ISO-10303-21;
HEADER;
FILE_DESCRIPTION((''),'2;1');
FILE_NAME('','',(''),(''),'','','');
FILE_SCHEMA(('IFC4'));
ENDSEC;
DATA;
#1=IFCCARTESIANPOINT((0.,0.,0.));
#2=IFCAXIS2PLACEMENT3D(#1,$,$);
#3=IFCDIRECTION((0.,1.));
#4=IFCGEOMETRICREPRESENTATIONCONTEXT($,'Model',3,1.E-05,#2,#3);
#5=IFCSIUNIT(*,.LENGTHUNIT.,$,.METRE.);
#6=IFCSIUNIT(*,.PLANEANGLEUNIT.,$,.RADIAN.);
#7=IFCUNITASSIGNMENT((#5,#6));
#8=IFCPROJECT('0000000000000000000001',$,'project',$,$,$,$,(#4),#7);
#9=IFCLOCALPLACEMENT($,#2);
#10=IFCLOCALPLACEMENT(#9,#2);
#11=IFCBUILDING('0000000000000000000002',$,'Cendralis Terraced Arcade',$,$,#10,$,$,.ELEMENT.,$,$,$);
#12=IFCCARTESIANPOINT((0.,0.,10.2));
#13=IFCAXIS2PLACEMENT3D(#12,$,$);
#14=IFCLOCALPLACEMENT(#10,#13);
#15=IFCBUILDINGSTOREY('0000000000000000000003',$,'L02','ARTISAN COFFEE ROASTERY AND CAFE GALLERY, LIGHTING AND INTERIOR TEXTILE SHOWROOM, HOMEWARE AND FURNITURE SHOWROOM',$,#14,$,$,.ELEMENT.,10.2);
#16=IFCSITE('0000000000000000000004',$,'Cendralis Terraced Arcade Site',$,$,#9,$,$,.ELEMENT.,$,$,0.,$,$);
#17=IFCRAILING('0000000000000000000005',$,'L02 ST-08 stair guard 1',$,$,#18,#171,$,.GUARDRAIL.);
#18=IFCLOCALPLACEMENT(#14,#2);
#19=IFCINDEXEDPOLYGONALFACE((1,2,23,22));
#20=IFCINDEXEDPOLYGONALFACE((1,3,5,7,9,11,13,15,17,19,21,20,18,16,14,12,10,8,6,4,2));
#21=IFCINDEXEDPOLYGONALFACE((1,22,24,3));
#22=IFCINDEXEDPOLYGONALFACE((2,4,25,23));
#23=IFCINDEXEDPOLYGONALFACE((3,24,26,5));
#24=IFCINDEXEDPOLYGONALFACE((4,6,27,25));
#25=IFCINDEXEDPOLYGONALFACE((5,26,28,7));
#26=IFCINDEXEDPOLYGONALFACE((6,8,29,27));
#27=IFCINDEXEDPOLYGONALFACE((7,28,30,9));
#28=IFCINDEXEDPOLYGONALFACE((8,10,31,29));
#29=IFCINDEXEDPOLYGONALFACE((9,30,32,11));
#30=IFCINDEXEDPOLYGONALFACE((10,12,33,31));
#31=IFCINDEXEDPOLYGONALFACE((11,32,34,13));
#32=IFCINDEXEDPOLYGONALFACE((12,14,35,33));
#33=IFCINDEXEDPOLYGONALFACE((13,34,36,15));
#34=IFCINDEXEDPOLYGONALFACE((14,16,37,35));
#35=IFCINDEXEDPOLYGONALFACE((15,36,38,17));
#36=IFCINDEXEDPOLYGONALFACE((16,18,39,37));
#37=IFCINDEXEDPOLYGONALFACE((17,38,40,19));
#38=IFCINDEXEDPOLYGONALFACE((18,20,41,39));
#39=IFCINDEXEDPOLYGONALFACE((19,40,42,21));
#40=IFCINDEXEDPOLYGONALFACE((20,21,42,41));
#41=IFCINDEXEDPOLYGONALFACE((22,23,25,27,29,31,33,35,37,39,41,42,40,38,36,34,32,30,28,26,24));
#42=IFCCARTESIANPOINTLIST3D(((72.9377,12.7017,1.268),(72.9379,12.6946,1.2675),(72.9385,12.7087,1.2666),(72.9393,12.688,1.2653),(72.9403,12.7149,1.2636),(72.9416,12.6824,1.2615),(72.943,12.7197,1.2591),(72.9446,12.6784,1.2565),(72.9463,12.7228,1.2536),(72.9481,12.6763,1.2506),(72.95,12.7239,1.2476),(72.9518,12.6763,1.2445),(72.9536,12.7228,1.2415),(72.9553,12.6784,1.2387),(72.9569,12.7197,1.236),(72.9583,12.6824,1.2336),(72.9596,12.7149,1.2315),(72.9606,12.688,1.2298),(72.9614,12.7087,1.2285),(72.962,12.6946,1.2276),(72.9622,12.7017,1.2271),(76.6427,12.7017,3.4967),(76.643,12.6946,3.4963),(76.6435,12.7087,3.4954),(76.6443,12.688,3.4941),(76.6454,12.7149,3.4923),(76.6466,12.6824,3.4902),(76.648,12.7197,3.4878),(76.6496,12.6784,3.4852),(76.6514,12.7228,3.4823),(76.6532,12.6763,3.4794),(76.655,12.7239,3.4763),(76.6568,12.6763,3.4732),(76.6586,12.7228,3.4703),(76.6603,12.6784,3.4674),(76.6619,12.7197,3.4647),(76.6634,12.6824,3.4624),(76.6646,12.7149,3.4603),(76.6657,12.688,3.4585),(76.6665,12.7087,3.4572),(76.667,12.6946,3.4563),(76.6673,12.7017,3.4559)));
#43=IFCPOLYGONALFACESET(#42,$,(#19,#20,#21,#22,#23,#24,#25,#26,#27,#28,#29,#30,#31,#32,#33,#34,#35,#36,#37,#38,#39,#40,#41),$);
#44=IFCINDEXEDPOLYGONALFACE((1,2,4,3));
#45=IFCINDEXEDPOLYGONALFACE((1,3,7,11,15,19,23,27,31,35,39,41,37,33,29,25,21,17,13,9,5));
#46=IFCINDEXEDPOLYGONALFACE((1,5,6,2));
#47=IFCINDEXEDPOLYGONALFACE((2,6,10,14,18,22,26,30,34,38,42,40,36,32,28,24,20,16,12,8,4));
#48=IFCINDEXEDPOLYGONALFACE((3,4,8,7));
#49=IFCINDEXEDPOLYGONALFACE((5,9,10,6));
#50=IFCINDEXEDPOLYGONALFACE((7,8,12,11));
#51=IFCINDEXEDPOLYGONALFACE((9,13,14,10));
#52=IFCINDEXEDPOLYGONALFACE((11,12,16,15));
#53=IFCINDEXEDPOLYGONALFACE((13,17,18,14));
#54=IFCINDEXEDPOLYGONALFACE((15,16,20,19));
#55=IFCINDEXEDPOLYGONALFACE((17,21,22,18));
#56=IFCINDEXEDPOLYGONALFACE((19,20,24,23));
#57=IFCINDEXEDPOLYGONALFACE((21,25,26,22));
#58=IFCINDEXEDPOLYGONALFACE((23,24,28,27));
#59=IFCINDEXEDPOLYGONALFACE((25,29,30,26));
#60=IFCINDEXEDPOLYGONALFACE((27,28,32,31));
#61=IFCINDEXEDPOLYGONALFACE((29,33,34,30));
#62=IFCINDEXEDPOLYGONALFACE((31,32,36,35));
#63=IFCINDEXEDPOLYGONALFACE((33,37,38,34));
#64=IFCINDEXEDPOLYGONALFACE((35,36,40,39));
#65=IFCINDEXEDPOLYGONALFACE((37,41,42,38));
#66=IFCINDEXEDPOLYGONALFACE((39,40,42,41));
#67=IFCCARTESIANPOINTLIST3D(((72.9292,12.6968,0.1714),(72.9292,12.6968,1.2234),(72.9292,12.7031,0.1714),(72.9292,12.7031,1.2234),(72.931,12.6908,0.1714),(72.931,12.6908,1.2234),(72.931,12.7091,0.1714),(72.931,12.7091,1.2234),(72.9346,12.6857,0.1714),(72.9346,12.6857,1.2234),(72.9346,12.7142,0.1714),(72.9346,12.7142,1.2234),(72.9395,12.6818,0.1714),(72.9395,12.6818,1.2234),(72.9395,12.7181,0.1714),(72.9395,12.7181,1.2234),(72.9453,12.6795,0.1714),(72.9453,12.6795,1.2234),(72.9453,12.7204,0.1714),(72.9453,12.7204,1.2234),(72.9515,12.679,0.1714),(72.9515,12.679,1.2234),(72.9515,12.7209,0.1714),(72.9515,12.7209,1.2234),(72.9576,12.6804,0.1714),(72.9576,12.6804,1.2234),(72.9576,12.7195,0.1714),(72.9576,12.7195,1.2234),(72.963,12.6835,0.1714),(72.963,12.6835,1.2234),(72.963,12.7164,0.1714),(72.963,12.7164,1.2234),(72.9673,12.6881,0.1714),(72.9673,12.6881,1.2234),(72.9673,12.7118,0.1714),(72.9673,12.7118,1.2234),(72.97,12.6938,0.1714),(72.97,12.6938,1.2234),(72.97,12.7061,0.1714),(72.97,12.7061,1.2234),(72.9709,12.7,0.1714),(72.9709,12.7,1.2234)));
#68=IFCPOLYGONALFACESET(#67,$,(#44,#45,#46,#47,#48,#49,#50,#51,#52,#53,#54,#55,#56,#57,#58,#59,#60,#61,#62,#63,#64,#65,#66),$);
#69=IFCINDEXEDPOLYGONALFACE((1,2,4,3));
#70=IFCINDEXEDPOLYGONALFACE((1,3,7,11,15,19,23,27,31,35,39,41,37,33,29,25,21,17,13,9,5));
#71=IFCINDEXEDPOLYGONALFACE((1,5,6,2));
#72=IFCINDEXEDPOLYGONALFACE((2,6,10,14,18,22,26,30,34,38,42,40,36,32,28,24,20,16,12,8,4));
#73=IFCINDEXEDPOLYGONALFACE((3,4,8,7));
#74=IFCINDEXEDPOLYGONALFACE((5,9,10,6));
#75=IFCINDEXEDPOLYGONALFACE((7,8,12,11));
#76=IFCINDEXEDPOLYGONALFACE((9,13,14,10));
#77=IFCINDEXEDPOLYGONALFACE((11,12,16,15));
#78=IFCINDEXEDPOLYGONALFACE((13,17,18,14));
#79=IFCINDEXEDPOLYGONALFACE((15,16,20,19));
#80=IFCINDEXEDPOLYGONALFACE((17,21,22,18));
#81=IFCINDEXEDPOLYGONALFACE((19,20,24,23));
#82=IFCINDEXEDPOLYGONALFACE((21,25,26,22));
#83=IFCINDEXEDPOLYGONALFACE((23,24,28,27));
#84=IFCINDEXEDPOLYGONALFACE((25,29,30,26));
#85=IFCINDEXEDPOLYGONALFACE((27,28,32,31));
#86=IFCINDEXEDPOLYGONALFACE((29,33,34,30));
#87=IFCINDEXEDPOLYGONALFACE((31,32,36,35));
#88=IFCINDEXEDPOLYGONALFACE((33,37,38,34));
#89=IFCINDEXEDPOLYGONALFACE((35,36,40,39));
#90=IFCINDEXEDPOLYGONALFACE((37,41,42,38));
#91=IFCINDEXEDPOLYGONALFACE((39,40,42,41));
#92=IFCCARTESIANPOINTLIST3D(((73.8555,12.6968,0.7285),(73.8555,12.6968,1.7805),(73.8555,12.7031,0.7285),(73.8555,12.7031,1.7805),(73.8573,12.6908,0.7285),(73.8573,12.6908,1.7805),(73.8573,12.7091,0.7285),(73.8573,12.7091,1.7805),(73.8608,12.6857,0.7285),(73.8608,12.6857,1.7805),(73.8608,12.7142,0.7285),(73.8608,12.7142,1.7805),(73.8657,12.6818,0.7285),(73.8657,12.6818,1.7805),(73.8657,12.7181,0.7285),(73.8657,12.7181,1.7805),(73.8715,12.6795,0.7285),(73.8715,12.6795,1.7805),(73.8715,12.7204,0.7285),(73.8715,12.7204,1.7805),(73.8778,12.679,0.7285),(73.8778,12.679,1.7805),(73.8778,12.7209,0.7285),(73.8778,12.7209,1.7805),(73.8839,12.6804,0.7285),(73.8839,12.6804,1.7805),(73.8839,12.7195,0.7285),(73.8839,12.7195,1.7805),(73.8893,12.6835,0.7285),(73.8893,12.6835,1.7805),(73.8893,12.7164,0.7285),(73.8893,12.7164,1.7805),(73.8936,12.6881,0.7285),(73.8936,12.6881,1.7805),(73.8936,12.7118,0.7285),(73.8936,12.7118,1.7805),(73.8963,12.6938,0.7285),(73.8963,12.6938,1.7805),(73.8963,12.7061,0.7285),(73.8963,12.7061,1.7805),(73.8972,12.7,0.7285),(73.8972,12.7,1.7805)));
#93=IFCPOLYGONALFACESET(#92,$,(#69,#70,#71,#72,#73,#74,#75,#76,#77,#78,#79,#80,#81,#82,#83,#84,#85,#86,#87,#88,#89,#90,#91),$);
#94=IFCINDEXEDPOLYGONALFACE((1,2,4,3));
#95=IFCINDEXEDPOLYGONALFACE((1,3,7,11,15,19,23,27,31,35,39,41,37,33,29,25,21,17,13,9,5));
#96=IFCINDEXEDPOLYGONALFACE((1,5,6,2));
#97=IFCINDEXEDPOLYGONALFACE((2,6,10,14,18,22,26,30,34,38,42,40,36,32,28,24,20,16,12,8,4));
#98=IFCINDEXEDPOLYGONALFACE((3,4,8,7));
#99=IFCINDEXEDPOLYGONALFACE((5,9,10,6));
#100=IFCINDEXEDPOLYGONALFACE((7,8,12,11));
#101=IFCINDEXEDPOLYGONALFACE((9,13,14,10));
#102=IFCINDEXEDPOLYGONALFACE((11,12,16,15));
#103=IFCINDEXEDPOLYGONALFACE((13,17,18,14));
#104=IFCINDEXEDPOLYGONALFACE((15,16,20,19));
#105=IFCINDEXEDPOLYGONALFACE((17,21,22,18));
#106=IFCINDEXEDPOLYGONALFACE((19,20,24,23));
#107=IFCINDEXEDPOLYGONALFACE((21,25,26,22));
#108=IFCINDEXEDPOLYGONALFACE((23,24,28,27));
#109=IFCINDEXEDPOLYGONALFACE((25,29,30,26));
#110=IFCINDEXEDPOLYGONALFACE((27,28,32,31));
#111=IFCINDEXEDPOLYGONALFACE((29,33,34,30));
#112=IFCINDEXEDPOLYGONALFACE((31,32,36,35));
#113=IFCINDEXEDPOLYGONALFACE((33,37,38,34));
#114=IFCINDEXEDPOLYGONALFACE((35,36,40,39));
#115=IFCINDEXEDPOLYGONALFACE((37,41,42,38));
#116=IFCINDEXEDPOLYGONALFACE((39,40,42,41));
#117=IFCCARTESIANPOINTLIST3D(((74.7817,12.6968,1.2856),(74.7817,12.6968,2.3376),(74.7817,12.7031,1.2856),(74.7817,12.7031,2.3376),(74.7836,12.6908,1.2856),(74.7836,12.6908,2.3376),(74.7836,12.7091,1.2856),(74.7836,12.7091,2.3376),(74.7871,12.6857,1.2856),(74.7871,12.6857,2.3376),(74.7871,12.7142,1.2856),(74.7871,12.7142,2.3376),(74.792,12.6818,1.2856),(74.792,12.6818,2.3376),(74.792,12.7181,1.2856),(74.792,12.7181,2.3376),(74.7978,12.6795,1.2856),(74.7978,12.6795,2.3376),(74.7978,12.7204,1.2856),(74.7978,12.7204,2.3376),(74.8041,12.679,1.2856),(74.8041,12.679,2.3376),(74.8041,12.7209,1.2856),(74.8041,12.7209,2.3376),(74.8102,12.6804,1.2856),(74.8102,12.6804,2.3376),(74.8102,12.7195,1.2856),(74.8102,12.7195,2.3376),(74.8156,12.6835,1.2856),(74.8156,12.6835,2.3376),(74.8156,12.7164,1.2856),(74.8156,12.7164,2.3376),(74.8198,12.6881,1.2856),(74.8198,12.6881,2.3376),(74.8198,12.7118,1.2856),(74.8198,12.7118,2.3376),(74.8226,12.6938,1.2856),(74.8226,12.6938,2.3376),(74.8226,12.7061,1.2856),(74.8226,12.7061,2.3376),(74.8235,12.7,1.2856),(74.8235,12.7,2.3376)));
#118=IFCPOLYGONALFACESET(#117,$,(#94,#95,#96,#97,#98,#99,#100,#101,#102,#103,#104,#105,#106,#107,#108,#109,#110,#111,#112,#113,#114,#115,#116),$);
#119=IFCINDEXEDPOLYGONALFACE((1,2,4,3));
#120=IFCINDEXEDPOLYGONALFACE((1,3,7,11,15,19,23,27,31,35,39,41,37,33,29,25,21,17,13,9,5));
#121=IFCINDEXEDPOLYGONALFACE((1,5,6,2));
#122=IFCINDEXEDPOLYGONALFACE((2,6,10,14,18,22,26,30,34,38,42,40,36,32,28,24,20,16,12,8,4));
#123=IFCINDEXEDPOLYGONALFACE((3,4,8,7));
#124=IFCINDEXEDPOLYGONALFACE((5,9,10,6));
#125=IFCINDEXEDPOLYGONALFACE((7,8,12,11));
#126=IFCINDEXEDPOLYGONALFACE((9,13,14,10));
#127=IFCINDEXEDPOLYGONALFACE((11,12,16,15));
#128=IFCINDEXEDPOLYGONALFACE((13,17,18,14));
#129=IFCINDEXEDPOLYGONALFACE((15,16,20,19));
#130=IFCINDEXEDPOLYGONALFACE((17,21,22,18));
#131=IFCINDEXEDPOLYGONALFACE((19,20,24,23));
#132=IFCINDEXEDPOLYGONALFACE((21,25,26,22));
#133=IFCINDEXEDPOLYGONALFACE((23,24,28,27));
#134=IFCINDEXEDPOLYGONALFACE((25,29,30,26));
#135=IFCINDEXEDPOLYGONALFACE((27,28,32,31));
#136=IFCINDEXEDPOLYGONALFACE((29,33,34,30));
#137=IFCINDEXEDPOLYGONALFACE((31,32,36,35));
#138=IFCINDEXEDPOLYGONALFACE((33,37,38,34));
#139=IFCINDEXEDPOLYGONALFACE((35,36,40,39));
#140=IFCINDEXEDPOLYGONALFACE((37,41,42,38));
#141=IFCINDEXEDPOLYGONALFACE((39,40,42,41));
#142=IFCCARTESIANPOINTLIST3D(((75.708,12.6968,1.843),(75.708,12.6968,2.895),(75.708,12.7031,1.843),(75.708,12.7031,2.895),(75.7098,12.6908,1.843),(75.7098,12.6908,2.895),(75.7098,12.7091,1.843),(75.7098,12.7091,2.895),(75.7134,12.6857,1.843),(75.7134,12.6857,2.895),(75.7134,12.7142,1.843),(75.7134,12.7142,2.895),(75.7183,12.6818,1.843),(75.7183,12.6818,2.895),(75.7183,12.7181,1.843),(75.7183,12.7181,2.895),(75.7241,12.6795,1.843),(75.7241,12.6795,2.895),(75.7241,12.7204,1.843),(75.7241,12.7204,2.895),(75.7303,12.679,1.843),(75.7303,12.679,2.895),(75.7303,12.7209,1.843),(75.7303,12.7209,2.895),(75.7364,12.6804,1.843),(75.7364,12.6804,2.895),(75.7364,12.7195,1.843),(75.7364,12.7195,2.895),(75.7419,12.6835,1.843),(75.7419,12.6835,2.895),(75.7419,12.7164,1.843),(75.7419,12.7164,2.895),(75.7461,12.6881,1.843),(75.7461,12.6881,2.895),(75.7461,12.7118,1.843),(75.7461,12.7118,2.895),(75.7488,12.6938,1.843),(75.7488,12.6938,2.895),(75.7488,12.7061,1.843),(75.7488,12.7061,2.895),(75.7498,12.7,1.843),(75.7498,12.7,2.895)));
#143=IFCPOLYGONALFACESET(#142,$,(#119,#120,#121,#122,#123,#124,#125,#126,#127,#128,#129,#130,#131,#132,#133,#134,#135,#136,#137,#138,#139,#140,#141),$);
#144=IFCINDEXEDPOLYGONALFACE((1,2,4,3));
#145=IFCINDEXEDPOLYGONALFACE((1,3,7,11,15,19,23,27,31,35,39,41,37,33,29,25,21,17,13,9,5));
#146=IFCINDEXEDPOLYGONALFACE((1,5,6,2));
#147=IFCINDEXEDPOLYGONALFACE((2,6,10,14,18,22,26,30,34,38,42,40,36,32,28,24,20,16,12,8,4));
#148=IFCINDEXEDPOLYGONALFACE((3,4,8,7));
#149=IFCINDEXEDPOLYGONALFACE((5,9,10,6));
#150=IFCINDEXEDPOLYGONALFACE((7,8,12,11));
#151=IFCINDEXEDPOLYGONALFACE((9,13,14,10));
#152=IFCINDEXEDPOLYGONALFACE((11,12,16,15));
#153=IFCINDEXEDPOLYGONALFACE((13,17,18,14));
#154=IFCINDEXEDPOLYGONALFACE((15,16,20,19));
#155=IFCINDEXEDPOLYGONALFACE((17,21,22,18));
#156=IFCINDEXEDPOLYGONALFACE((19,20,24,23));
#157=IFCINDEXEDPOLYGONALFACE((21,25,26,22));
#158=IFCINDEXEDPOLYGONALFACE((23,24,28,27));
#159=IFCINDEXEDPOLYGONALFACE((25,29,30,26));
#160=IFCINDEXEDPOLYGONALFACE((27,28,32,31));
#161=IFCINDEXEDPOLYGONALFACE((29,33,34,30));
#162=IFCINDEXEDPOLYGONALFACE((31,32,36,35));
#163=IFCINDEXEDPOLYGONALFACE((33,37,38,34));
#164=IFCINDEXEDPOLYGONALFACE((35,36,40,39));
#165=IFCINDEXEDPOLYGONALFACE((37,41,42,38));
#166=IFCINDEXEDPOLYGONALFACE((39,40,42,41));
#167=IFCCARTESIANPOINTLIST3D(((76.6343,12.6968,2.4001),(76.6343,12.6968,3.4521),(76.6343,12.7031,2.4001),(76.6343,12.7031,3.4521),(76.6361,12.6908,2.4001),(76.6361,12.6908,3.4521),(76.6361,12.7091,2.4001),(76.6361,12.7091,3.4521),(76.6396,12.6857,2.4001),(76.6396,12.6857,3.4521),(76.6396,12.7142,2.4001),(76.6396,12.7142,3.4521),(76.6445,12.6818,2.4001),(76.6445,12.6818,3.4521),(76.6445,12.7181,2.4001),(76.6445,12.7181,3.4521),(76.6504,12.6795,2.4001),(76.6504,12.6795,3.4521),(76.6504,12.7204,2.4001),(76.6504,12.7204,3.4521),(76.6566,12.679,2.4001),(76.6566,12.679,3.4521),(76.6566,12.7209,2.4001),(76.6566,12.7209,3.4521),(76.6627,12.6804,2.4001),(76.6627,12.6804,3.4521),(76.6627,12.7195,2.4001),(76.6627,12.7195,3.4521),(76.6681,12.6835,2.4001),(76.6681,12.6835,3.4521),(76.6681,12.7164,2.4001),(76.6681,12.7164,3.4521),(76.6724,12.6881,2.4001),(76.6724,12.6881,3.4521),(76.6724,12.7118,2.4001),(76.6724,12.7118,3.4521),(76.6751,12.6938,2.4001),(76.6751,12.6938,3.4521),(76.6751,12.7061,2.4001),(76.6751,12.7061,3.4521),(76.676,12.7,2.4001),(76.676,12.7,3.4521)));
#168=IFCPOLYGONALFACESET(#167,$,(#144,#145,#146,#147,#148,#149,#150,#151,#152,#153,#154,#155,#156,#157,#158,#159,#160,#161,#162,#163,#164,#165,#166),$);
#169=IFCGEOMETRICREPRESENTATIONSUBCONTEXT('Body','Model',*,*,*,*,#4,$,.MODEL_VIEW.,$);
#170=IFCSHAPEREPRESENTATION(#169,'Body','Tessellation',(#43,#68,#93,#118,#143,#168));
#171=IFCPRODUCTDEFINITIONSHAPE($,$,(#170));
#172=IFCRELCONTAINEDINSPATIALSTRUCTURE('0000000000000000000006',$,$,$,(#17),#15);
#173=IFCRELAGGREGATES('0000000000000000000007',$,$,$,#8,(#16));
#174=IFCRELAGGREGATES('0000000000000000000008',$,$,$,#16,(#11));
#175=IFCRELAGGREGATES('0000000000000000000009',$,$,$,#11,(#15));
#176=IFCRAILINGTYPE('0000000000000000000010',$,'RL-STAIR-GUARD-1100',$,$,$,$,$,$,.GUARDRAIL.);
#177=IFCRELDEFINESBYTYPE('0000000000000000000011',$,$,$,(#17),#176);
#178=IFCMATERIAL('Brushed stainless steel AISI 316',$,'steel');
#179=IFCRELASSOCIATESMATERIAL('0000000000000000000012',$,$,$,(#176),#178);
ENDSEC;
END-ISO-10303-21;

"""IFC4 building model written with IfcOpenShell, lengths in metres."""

from ifc_helpers import new_model, si_unit, direction, frame, origin, origin_2d, place, context, subcontext, project, spatial, circle, extrude, material, type_object, element, save


model = new_model("IFC4")

# Units and contexts
model_context = context("Model", 3, precision=1e-05, world=origin(), true_north=direction((0.0, 1.0)))
body_context = subcontext(model_context, "Body", "Model", "MODEL_VIEW")
ifc_project = project(units=[si_unit("LENGTHUNIT", "METRE"), si_unit("PLANEANGLEUNIT", "RADIAN")], contexts=[model_context])

# Site, building, storey
site_placement = place(None, origin())
site = spatial("IfcSite", under=ifc_project, at=site_placement, Name="Cendralis Terraced Arcade Site", CompositionType="ELEMENT", RefElevation=0.0)
building_placement = place(site_placement, origin())
building = spatial("IfcBuilding", under=site, at=building_placement, Name="Cendralis Terraced Arcade", CompositionType="ELEMENT")
storey_placement = place(building_placement, frame((0.0, 0.0, 10.2)))
storey = spatial("IfcBuildingStorey", under=building, at=storey_placement, Name="L02", Description="ARTISAN COFFEE ROASTERY AND CAFE GALLERY, LIGHTING AND INTERIOR TEXTILE SHOWROOM, HOMEWARE AND FURNITURE SHOWROOM", CompositionType="ELEMENT", Elevation=10.2)

# Railing
ifc_material_1 = material(Name="Brushed stainless steel AISI 316", Category="steel")
railing_type_1 = type_object("IfcRailingType", Name="RL-STAIR-GUARD-1100", PredefinedType="GUARDRAIL", material=ifc_material_1)
railing_1_placement = place(storey_placement, frame((72.95, 12.7, 0.1714)))
element("IfcRailing", 1, at=railing_1_placement, inside=storey, type_object=railing_type_1, Name="L02 ST-08 stair guard 1", PredefinedType="GUARDRAIL", context=body_context, shape_type="SweptSolid", body=[
    extrude(circle(Radius=0.0239, at=origin_2d()), frame((0.0, 0.0, 1.0762), z_axis=(0.856909, 0.0, 0.515467), x_axis=(0.0, 1.0, 0.0)), (0.0, 0.0, 1.0), 4.3237),
    extrude(circle(Radius=0.021, at=origin_2d()), origin(), (0.0, 0.0, 1.0), 1.052),
    extrude(circle(Radius=0.021, at=origin_2d()), frame((0.9263, 0.0, 0.5571)), (0.0, 0.0, 1.0), 1.052),
    extrude(circle(Radius=0.021, at=origin_2d()), frame((1.8525, 0.0, 1.1143)), (0.0, 0.0, 1.0), 1.052),
    extrude(circle(Radius=0.021, at=origin_2d()), frame((2.7788, 0.0, 1.6716)), (0.0, 0.0, 1.0), 1.052),
    extrude(circle(Radius=0.021, at=origin_2d()), frame((3.7051, 0.0, 2.2288)), (0.0, 0.0, 1.0), 1.052),
])

save(model, "model.ifc")
